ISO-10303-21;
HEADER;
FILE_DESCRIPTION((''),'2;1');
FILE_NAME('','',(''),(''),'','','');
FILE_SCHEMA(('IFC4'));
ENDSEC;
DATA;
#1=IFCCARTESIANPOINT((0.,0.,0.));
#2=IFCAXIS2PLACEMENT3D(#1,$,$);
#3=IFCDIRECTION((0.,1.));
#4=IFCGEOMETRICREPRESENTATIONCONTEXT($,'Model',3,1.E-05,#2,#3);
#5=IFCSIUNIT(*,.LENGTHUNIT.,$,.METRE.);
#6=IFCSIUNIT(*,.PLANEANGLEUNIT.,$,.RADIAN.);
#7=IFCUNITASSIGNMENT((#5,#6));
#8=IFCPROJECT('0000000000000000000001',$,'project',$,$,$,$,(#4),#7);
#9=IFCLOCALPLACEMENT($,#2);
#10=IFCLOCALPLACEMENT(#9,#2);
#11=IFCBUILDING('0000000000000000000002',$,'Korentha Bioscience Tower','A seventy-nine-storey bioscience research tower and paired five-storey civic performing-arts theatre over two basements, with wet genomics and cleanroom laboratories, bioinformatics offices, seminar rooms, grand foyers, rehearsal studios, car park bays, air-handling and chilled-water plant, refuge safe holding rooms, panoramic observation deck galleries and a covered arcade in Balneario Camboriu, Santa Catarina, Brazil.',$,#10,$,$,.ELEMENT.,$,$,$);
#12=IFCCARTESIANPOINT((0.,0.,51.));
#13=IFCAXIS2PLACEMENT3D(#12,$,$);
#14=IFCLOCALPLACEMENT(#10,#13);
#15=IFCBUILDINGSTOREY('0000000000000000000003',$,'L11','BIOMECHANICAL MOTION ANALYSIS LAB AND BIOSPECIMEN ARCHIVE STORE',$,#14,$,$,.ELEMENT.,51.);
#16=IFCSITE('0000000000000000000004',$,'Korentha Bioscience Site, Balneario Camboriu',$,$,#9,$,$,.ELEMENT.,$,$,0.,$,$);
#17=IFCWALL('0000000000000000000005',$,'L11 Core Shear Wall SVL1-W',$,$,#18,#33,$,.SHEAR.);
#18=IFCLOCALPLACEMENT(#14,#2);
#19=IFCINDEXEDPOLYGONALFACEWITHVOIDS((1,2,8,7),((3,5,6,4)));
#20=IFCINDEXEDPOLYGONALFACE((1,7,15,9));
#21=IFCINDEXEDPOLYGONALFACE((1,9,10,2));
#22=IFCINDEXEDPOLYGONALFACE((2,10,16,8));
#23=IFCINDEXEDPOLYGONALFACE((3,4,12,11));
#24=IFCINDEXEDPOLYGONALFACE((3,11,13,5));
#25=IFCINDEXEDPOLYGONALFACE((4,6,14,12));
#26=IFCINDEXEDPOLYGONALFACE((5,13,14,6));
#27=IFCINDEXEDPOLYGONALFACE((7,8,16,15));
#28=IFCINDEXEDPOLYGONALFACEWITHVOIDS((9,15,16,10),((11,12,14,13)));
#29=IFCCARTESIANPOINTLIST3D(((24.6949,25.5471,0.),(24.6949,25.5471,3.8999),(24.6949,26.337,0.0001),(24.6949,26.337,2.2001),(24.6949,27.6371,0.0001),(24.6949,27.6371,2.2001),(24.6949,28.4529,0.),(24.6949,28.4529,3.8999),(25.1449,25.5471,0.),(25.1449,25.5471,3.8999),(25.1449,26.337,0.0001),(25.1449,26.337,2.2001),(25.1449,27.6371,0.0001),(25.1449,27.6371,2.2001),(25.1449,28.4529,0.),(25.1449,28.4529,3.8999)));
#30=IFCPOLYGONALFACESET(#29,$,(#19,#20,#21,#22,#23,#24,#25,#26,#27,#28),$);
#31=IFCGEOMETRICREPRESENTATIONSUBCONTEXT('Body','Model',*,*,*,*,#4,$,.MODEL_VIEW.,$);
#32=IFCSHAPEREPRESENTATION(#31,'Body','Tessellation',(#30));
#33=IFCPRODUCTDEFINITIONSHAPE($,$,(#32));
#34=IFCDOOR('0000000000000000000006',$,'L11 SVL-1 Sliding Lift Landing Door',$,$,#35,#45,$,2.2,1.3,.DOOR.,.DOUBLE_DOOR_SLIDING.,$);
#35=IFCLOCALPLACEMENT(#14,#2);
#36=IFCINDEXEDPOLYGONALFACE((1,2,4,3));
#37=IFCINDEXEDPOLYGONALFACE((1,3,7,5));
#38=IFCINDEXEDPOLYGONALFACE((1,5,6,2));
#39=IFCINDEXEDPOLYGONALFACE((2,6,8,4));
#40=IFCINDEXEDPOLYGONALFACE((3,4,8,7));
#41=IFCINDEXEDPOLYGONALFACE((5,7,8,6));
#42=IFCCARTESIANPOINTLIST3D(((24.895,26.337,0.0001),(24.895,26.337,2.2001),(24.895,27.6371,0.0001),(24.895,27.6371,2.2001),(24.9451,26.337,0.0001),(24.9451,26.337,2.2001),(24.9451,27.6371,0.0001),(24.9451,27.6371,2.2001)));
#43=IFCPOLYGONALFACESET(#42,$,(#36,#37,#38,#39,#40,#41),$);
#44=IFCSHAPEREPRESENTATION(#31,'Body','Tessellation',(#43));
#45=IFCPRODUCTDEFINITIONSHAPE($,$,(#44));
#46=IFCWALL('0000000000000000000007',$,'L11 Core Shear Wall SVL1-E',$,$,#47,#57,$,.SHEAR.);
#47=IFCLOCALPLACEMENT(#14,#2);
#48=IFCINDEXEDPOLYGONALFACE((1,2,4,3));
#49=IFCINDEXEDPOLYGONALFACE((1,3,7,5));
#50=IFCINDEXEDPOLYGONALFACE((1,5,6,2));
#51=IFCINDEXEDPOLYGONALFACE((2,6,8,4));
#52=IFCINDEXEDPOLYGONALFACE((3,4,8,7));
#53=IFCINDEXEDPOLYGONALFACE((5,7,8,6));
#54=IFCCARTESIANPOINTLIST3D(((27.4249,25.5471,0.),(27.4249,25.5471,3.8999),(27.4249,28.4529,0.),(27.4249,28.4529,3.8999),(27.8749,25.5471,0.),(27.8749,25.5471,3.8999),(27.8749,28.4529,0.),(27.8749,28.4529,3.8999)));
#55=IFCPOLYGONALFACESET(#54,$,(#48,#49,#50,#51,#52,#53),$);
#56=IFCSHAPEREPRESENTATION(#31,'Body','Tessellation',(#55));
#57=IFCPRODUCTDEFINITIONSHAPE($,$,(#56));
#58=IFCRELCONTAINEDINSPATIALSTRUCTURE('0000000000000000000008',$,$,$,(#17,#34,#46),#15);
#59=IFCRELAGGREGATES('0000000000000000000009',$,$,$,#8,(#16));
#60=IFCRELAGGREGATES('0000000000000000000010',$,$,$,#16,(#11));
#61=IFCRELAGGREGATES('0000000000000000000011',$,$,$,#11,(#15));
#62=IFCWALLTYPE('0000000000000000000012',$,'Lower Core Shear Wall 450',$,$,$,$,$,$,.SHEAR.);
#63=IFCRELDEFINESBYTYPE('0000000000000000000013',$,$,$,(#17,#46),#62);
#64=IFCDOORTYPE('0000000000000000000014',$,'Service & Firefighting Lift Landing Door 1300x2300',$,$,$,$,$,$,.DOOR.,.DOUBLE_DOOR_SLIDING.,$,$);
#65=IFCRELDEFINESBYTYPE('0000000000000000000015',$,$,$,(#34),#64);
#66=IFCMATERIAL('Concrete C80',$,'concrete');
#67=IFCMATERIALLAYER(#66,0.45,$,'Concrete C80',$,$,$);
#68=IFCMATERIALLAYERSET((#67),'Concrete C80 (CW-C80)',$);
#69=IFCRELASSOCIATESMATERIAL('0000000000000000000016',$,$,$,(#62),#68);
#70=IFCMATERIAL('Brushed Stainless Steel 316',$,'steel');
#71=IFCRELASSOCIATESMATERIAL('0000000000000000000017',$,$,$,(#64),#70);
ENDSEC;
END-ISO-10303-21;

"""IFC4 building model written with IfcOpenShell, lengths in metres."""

from ifc_helpers import new_model, si_unit, direction, frame, frame_2d, origin, place, context, subcontext, project, spatial, rectangle, extrude, material, layer, layer_set, type_object, element, fill, save


model = new_model("IFC4")

# Units and contexts
model_context = context("Model", 3, precision=1e-05, world=origin(), true_north=direction((0.0, 1.0)))
body_context = subcontext(model_context, "Body", "Model", "MODEL_VIEW")
ifc_project = project(units=[si_unit("LENGTHUNIT", "METRE"), si_unit("PLANEANGLEUNIT", "RADIAN")], contexts=[model_context])

# Site, building, storey
site_placement = place(None, origin())
site = spatial("IfcSite", under=ifc_project, at=site_placement, Name="Korentha Bioscience Site, Balneario Camboriu", CompositionType="ELEMENT", RefElevation=0.0)
building_placement = place(site_placement, origin())
building = spatial("IfcBuilding", under=site, at=building_placement, Name="Korentha Bioscience Tower", Description="A seventy-nine-storey bioscience research tower and paired five-storey civic performing-arts theatre over two basements, with wet genomics and cleanroom laboratories, bioinformatics offices, seminar rooms, grand foyers, rehearsal studios, car park bays, air-handling and chilled-water plant, refuge safe holding rooms, panoramic observation deck galleries and a covered arcade in Balneario Camboriu, Santa Catarina, Brazil.", CompositionType="ELEMENT")
storey_placement = place(building_placement, frame((0.0, 0.0, 51.0)))
storey = spatial("IfcBuildingStorey", under=building, at=storey_placement, Name="L11", Description="BIOMECHANICAL MOTION ANALYSIS LAB AND BIOSPECIMEN ARCHIVE STORE", CompositionType="ELEMENT", Elevation=51.0)

# Shared definitions
ifc_material_1 = material(Name="Concrete C80", Category="concrete")

# Shared definitions
ifc_layer_1 = layer(ifc_material_1, 0.45, Name="Concrete C80")
ifc_layer_set_1 = layer_set([ifc_layer_1], Name="Concrete C80 (CW-C80)")
wall_type_1 = type_object("IfcWallType", Name="Lower Core Shear Wall 450", PredefinedType="SHEAR", material=ifc_layer_set_1)

# Shared definitions
ifc_material_2 = material(Name="Brushed Stainless Steel 316", Category="steel")
door_type_1 = type_object("IfcDoorType", Name="Service & Firefighting Lift Landing Door 1300x2300", OperationType="DOUBLE_DOOR_SLIDING", PredefinedType="DOOR", material=ifc_material_2)

# Wall, opening, door
wall_1_placement = place(storey_placement, frame((24.9199, 25.5471, 0.0), z_axis=(0.0, 0.0, 1.0), x_axis=(0.0, 1.0, 0.0)))
wall_1 = element("IfcWall", 1, at=wall_1_placement, inside=storey, type_object=wall_type_1, Name="L11 Core Shear Wall SVL1-W", PredefinedType="SHEAR", context=body_context, shape_type="SweptSolid", body=[
    extrude(rectangle(XDim=2.9058, YDim=0.45, at=frame_2d((1.4529, 0.0))), origin(), (0.0, 0.0, 1.0), 3.8999),
])
opening_1_placement = place(wall_1_placement, frame((0.79, 0.0, 0.0)))
opening_1 = element("IfcOpeningElement", 2, at=opening_1_placement, cuts=wall_1, PredefinedType="OPENING", context=body_context, shape_type="SweptSolid", body=[
    extrude(rectangle(XDim=1.3, YDim=2.2, at=frame_2d((0.6499, 1.1001))), frame((0.0, 0.2397, 0.0), z_axis=(0.0, -1.0, 0.0), x_axis=(1.0, 0.0, 0.0)), (0.0, 0.0, 1.0), 0.4797),
])
door_1_placement = place(opening_1_placement, origin())
door_1 = element("IfcDoor", 3, at=door_1_placement, inside=storey, type_object=door_type_1, Name="L11 SVL-1 Sliding Lift Landing Door", OperationType="DOUBLE_DOOR_SLIDING", OverallHeight=2.2, OverallWidth=1.3, PredefinedType="DOOR", context=body_context, shape_type="SweptSolid", body=[
    extrude(rectangle(XDim=1.3, YDim=2.2, at=frame_2d((0.6499, 1.1001))), frame((0.0, 0.0249, 0.0), z_axis=(0.0, -1.0, 0.0), x_axis=(1.0, 0.0, 0.0)), (0.0, 0.0, 1.0), 0.05),
])
fill(opening_1, door_1)

# Wall
wall_2_placement = place(storey_placement, frame((27.6499, 25.5471, 0.0), z_axis=(0.0, 0.0, 1.0), x_axis=(0.0, 1.0, 0.0)))
element("IfcWall", 4, at=wall_2_placement, inside=storey, type_object=wall_type_1, Name="L11 Core Shear Wall SVL1-E", PredefinedType="SHEAR", context=body_context, shape_type="SweptSolid", body=[
    extrude(rectangle(XDim=2.9058, YDim=0.45, at=frame_2d((1.4529, 0.0))), origin(), (0.0, 0.0, 1.0), 3.8999),
])

save(model, "model.ifc")
